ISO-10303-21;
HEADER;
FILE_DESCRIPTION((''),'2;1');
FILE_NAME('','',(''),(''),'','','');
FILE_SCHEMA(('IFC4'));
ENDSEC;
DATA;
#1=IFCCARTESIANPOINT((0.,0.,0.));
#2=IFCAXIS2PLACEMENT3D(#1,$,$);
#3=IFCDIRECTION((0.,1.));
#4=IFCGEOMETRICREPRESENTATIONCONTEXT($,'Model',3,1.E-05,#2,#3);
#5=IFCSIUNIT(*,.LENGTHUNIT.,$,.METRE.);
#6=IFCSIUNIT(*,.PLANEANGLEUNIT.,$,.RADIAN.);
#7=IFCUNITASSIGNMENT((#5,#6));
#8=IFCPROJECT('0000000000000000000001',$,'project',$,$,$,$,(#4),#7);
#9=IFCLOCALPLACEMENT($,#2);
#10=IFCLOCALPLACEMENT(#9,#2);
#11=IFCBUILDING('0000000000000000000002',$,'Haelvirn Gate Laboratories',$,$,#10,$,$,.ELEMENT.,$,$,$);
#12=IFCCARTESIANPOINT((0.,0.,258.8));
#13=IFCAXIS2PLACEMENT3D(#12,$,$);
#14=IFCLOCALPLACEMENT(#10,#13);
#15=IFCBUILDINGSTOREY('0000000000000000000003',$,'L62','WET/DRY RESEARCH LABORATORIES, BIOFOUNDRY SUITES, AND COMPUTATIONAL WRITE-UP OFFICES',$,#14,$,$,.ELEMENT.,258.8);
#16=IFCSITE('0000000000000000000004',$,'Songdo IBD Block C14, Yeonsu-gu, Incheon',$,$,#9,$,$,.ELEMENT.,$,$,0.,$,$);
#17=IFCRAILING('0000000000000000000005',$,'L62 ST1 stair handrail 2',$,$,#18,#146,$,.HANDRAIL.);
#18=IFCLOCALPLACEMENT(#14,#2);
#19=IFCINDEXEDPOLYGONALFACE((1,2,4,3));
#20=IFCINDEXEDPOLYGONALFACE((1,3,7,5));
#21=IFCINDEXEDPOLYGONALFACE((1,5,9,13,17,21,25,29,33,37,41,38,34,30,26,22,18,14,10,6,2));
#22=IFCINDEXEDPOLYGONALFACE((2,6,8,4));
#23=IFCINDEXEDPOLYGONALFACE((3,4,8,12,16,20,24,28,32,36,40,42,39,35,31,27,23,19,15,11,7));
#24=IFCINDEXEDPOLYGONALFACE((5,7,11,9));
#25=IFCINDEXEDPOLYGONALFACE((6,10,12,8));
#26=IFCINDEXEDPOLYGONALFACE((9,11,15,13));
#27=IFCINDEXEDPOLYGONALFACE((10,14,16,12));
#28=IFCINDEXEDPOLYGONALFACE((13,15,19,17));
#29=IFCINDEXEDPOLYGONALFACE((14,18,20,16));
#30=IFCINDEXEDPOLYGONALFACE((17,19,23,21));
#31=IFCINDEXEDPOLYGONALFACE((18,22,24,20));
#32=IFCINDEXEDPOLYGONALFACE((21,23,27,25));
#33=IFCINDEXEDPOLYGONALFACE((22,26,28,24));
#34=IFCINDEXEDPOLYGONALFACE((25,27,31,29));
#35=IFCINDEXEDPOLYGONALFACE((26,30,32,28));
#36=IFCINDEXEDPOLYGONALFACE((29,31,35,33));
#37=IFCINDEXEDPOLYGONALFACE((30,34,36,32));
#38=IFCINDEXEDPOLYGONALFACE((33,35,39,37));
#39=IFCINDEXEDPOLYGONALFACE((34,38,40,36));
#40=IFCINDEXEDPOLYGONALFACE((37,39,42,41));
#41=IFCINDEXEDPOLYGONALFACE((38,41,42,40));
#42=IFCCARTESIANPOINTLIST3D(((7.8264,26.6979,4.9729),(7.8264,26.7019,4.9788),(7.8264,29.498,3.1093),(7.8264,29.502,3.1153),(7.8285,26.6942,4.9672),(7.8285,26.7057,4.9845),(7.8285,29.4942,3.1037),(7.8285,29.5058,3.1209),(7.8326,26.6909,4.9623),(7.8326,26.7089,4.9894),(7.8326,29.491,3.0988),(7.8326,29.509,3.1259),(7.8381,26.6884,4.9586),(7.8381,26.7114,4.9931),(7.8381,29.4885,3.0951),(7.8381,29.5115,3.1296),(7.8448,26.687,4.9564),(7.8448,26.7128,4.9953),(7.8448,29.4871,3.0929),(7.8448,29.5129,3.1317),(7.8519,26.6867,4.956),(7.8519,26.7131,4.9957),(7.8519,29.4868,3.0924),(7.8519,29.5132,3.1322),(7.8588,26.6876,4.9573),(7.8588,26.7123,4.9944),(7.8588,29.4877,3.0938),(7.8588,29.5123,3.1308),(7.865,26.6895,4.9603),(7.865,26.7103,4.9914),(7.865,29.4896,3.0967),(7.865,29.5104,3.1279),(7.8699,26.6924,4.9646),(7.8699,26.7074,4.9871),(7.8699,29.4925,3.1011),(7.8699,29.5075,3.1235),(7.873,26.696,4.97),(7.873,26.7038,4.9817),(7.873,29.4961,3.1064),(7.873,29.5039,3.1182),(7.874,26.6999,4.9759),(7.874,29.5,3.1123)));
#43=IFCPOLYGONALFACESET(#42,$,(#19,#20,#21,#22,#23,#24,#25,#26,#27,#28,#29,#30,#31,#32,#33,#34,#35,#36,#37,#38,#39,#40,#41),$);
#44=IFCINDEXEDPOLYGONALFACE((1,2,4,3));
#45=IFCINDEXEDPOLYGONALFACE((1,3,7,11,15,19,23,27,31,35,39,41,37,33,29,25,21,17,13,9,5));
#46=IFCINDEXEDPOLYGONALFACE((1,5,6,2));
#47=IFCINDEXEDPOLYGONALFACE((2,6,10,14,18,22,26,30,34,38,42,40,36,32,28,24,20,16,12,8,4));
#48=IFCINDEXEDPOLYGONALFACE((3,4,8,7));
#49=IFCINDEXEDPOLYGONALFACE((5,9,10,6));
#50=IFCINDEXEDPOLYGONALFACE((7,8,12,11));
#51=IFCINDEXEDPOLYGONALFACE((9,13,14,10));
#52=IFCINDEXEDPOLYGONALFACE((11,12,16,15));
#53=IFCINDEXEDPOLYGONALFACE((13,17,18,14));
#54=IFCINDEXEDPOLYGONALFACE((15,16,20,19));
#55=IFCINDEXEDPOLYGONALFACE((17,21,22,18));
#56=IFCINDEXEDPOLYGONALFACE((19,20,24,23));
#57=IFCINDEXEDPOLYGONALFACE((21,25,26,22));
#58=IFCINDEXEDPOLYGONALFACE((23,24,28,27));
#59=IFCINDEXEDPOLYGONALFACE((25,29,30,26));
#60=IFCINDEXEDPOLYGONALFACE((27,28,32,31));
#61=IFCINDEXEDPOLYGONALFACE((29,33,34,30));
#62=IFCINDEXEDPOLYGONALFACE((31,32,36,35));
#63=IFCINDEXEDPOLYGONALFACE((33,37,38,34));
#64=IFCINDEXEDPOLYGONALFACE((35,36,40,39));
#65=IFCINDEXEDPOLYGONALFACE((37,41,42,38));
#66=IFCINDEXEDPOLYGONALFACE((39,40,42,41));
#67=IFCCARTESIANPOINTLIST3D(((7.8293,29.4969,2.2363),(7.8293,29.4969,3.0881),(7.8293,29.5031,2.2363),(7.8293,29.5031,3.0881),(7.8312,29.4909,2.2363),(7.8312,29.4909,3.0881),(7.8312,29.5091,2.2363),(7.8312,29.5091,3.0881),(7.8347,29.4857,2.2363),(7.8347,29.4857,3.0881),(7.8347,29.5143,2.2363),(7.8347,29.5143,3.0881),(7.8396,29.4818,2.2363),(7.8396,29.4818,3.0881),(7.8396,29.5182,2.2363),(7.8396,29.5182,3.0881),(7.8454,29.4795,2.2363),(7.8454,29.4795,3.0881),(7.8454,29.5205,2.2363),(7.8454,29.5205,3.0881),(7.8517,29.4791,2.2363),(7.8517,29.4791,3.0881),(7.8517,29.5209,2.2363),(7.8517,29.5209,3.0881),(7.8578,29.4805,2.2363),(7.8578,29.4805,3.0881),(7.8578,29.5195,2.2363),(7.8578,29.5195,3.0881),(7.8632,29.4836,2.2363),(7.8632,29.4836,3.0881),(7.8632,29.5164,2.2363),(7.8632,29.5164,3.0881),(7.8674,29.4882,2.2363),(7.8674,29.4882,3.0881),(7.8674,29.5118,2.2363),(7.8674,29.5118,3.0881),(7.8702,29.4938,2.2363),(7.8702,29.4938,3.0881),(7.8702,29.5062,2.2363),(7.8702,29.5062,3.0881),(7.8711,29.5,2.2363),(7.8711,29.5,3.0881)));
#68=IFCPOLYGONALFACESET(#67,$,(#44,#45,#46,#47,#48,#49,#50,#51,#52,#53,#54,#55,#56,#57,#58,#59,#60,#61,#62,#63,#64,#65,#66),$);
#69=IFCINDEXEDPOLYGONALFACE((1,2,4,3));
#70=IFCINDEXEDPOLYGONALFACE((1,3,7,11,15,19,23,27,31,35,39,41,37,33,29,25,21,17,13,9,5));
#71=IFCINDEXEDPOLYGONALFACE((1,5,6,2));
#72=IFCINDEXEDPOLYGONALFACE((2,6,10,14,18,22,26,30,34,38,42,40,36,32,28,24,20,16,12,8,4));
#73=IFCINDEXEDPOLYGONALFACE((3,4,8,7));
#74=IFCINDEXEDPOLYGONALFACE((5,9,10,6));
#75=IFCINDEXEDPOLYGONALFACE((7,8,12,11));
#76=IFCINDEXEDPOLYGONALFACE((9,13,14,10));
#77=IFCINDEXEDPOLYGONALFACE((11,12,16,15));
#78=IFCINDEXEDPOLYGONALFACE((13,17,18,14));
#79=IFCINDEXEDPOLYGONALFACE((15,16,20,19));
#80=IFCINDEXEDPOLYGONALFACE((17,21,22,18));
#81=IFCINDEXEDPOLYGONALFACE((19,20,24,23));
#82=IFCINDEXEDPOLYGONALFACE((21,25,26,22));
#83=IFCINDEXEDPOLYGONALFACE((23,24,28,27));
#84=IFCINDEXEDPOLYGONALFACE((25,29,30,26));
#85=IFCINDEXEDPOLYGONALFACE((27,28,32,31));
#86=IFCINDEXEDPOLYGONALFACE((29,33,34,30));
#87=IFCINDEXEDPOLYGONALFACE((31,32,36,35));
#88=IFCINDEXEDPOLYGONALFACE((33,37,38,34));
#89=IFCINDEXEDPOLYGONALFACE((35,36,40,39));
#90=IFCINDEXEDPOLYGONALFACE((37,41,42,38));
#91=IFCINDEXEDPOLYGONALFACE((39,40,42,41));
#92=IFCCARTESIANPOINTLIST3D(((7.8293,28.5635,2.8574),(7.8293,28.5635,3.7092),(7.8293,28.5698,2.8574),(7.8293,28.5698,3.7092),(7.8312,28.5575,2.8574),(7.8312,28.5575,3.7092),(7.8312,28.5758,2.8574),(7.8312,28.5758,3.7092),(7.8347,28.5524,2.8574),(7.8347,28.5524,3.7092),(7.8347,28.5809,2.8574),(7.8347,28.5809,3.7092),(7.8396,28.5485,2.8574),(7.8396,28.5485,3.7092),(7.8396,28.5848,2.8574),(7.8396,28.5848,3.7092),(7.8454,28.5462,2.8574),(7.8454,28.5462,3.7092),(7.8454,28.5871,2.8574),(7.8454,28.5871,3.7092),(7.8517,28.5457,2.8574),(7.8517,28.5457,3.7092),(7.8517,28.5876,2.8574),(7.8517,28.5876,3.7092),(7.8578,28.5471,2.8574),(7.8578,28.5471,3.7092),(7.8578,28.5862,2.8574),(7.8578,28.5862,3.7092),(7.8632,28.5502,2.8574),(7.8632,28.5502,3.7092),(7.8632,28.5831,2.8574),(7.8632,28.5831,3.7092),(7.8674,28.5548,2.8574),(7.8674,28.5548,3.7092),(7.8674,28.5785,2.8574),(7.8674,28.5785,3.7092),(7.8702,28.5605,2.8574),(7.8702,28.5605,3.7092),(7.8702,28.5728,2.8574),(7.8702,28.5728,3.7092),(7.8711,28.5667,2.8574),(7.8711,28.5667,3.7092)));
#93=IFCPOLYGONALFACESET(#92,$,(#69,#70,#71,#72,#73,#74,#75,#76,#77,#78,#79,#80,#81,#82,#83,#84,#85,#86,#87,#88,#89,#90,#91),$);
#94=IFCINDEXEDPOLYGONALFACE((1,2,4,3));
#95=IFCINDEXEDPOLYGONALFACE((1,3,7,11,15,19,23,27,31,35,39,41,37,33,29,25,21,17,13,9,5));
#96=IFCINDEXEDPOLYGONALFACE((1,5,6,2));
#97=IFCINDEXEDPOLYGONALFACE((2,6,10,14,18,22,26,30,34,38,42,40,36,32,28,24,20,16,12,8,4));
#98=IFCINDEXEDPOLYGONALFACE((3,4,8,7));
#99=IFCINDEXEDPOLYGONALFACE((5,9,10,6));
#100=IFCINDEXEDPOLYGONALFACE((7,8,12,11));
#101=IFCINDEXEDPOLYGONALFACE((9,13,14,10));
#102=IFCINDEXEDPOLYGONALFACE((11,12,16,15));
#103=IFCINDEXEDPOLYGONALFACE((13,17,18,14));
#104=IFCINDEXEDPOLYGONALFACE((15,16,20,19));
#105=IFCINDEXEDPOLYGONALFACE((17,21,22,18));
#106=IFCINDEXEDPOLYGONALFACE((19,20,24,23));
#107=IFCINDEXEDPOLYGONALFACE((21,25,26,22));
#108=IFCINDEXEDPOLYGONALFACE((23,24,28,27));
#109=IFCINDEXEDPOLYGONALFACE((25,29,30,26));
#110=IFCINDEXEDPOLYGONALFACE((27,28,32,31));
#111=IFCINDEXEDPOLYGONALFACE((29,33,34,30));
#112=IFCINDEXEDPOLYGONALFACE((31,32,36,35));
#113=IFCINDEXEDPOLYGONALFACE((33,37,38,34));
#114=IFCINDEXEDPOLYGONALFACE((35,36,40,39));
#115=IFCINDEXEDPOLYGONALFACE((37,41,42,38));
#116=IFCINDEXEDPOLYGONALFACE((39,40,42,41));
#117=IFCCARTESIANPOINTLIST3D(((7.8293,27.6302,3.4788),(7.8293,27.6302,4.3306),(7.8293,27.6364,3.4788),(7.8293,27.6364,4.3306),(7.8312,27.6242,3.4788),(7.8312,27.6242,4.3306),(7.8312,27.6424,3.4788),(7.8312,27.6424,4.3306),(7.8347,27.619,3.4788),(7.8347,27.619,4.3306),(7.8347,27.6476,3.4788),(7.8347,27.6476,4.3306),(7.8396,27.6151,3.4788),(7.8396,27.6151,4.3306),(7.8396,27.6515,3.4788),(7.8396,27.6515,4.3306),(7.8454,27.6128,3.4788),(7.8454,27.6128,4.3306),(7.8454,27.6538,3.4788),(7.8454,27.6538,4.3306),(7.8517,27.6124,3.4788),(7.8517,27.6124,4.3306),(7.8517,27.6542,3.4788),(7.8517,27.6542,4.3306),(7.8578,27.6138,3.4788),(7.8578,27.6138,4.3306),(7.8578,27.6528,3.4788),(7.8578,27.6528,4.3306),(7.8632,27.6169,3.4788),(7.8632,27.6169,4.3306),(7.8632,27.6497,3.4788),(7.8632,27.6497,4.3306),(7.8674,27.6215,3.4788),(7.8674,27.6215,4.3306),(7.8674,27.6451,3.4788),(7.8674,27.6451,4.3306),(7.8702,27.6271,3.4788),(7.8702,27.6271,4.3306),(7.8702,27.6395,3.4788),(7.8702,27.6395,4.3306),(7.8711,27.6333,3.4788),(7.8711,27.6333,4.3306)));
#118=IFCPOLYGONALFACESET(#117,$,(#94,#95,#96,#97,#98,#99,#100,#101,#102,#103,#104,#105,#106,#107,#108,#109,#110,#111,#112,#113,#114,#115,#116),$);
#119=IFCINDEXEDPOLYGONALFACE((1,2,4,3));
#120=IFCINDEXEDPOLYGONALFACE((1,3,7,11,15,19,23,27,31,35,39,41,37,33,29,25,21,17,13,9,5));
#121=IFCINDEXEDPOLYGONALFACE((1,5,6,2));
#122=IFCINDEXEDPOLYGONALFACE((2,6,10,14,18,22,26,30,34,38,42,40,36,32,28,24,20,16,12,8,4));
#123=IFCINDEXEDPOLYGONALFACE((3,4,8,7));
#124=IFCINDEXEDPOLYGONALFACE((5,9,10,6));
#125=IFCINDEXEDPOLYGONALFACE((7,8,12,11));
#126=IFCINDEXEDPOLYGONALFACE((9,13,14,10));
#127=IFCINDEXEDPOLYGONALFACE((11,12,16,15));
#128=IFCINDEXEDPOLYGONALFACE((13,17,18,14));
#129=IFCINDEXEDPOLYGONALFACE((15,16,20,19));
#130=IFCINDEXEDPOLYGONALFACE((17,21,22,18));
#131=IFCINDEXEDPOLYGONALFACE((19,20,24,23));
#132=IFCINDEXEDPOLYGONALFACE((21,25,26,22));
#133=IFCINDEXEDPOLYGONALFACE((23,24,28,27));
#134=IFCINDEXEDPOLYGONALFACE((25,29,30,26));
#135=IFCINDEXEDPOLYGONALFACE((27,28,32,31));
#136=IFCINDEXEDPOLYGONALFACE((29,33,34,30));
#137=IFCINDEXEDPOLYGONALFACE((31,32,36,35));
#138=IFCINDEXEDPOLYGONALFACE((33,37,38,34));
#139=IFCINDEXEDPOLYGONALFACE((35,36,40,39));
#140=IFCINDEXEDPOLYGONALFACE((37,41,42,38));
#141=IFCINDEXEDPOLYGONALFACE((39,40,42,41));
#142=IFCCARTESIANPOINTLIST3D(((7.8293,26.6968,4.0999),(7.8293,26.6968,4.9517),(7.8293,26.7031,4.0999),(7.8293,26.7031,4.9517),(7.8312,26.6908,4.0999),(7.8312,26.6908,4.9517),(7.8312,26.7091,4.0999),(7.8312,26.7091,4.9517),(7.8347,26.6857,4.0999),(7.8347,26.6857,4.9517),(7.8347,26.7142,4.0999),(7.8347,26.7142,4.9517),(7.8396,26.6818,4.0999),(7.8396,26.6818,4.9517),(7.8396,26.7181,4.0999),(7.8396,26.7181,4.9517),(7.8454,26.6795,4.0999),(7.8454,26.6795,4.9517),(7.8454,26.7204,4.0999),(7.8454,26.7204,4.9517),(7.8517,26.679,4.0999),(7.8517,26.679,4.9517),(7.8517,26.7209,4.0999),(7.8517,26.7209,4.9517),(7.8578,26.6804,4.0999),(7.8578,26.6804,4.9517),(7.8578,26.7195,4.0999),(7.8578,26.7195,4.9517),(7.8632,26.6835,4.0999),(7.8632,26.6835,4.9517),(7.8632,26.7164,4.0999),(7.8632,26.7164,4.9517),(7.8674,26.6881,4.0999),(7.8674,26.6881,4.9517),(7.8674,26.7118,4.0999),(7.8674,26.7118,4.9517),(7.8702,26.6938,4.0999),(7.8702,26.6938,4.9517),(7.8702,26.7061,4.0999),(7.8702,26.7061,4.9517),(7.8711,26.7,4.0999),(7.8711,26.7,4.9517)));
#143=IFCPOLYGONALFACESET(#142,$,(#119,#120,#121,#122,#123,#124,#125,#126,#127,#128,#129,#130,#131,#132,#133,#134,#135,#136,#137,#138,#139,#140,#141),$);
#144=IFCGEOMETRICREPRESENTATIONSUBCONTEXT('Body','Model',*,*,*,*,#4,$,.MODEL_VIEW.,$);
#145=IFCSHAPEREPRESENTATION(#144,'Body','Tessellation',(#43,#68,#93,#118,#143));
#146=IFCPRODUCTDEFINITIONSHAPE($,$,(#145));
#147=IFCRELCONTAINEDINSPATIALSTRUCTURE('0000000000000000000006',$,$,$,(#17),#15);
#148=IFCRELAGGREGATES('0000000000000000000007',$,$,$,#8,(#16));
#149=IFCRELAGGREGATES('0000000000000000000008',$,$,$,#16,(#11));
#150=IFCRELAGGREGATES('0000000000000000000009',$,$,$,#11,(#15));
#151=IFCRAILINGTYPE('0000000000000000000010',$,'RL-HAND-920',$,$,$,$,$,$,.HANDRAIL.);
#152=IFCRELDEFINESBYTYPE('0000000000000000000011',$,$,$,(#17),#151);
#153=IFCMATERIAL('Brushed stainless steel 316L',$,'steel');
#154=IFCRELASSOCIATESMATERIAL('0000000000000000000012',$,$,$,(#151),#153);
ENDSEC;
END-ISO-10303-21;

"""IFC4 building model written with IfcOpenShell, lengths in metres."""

from ifc_helpers import new_model, si_unit, direction, frame, origin, origin_2d, place, context, subcontext, project, spatial, circle, extrude, source, transform, mapped, material, type_object, element, save


model = new_model("IFC4")

# Units and contexts
model_context = context("Model", 3, precision=1e-05, world=origin(), true_north=direction((0.0, 1.0)))
body_context = subcontext(model_context, "Body", "Model", "MODEL_VIEW")
ifc_project = project(units=[si_unit("LENGTHUNIT", "METRE"), si_unit("PLANEANGLEUNIT", "RADIAN")], contexts=[model_context])

# Site, building, storey
site_placement = place(None, origin())
site = spatial("IfcSite", under=ifc_project, at=site_placement, Name="Songdo IBD Block C14, Yeonsu-gu, Incheon", CompositionType="ELEMENT", RefElevation=0.0)
building_placement = place(site_placement, origin())
building = spatial("IfcBuilding", under=site, at=building_placement, Name="Haelvirn Gate Laboratories", CompositionType="ELEMENT")
storey_placement = place(building_placement, frame((0.0, 0.0, 258.8)))
storey = spatial("IfcBuildingStorey", under=building, at=storey_placement, Name="L62", Description="WET/DRY RESEARCH LABORATORIES, BIOFOUNDRY SUITES, AND COMPUTATIONAL WRITE-UP OFFICES", CompositionType="ELEMENT", Elevation=258.8)

# Railing
ifc_material_1 = material(Name="Brushed stainless steel 316L", Category="steel")
railing_type_1 = type_object("IfcRailingType", Name="RL-HAND-920", PredefinedType="HANDRAIL", material=ifc_material_1)
shared_shape_1 = source(origin(), body_context, "Body", "SweptSolid", [
    extrude(circle(Radius=0.0239, at=origin_2d()), frame((0.0, 0.0, 0.876), z_axis=(0.0, -0.832486, 0.554047), x_axis=(1.0, 0.0, 0.0)), (0.0, 0.0, 1.0), 3.3635),
    extrude(circle(Radius=0.021, at=origin_2d()), origin(), (0.0, 0.0, 1.0), 0.8518),
    extrude(circle(Radius=0.021, at=origin_2d()), frame((0.0, -0.9333, 0.6211)), (0.0, 0.0, 1.0), 0.8518),
    extrude(circle(Radius=0.021, at=origin_2d()), frame((0.0, -1.8667, 1.2424)), (0.0, 0.0, 1.0), 0.8518),
    extrude(circle(Radius=0.021, at=origin_2d()), frame((0.0, -2.8, 1.8635)), (0.0, 0.0, 1.0), 0.8518),
])
railing_1_placement = place(storey_placement, frame((7.8501, 29.5, 2.2363)))
element("IfcRailing", 1, at=railing_1_placement, inside=storey, type_object=railing_type_1, Name="L62 ST1 stair handrail 2", PredefinedType="HANDRAIL", context=body_context, shape_type="MappedRepresentation", body=[
    mapped(shared_shape_1, transform((0.0, 0.0, 0.0), scale=1.0)),
])

save(model, "model.ifc")
